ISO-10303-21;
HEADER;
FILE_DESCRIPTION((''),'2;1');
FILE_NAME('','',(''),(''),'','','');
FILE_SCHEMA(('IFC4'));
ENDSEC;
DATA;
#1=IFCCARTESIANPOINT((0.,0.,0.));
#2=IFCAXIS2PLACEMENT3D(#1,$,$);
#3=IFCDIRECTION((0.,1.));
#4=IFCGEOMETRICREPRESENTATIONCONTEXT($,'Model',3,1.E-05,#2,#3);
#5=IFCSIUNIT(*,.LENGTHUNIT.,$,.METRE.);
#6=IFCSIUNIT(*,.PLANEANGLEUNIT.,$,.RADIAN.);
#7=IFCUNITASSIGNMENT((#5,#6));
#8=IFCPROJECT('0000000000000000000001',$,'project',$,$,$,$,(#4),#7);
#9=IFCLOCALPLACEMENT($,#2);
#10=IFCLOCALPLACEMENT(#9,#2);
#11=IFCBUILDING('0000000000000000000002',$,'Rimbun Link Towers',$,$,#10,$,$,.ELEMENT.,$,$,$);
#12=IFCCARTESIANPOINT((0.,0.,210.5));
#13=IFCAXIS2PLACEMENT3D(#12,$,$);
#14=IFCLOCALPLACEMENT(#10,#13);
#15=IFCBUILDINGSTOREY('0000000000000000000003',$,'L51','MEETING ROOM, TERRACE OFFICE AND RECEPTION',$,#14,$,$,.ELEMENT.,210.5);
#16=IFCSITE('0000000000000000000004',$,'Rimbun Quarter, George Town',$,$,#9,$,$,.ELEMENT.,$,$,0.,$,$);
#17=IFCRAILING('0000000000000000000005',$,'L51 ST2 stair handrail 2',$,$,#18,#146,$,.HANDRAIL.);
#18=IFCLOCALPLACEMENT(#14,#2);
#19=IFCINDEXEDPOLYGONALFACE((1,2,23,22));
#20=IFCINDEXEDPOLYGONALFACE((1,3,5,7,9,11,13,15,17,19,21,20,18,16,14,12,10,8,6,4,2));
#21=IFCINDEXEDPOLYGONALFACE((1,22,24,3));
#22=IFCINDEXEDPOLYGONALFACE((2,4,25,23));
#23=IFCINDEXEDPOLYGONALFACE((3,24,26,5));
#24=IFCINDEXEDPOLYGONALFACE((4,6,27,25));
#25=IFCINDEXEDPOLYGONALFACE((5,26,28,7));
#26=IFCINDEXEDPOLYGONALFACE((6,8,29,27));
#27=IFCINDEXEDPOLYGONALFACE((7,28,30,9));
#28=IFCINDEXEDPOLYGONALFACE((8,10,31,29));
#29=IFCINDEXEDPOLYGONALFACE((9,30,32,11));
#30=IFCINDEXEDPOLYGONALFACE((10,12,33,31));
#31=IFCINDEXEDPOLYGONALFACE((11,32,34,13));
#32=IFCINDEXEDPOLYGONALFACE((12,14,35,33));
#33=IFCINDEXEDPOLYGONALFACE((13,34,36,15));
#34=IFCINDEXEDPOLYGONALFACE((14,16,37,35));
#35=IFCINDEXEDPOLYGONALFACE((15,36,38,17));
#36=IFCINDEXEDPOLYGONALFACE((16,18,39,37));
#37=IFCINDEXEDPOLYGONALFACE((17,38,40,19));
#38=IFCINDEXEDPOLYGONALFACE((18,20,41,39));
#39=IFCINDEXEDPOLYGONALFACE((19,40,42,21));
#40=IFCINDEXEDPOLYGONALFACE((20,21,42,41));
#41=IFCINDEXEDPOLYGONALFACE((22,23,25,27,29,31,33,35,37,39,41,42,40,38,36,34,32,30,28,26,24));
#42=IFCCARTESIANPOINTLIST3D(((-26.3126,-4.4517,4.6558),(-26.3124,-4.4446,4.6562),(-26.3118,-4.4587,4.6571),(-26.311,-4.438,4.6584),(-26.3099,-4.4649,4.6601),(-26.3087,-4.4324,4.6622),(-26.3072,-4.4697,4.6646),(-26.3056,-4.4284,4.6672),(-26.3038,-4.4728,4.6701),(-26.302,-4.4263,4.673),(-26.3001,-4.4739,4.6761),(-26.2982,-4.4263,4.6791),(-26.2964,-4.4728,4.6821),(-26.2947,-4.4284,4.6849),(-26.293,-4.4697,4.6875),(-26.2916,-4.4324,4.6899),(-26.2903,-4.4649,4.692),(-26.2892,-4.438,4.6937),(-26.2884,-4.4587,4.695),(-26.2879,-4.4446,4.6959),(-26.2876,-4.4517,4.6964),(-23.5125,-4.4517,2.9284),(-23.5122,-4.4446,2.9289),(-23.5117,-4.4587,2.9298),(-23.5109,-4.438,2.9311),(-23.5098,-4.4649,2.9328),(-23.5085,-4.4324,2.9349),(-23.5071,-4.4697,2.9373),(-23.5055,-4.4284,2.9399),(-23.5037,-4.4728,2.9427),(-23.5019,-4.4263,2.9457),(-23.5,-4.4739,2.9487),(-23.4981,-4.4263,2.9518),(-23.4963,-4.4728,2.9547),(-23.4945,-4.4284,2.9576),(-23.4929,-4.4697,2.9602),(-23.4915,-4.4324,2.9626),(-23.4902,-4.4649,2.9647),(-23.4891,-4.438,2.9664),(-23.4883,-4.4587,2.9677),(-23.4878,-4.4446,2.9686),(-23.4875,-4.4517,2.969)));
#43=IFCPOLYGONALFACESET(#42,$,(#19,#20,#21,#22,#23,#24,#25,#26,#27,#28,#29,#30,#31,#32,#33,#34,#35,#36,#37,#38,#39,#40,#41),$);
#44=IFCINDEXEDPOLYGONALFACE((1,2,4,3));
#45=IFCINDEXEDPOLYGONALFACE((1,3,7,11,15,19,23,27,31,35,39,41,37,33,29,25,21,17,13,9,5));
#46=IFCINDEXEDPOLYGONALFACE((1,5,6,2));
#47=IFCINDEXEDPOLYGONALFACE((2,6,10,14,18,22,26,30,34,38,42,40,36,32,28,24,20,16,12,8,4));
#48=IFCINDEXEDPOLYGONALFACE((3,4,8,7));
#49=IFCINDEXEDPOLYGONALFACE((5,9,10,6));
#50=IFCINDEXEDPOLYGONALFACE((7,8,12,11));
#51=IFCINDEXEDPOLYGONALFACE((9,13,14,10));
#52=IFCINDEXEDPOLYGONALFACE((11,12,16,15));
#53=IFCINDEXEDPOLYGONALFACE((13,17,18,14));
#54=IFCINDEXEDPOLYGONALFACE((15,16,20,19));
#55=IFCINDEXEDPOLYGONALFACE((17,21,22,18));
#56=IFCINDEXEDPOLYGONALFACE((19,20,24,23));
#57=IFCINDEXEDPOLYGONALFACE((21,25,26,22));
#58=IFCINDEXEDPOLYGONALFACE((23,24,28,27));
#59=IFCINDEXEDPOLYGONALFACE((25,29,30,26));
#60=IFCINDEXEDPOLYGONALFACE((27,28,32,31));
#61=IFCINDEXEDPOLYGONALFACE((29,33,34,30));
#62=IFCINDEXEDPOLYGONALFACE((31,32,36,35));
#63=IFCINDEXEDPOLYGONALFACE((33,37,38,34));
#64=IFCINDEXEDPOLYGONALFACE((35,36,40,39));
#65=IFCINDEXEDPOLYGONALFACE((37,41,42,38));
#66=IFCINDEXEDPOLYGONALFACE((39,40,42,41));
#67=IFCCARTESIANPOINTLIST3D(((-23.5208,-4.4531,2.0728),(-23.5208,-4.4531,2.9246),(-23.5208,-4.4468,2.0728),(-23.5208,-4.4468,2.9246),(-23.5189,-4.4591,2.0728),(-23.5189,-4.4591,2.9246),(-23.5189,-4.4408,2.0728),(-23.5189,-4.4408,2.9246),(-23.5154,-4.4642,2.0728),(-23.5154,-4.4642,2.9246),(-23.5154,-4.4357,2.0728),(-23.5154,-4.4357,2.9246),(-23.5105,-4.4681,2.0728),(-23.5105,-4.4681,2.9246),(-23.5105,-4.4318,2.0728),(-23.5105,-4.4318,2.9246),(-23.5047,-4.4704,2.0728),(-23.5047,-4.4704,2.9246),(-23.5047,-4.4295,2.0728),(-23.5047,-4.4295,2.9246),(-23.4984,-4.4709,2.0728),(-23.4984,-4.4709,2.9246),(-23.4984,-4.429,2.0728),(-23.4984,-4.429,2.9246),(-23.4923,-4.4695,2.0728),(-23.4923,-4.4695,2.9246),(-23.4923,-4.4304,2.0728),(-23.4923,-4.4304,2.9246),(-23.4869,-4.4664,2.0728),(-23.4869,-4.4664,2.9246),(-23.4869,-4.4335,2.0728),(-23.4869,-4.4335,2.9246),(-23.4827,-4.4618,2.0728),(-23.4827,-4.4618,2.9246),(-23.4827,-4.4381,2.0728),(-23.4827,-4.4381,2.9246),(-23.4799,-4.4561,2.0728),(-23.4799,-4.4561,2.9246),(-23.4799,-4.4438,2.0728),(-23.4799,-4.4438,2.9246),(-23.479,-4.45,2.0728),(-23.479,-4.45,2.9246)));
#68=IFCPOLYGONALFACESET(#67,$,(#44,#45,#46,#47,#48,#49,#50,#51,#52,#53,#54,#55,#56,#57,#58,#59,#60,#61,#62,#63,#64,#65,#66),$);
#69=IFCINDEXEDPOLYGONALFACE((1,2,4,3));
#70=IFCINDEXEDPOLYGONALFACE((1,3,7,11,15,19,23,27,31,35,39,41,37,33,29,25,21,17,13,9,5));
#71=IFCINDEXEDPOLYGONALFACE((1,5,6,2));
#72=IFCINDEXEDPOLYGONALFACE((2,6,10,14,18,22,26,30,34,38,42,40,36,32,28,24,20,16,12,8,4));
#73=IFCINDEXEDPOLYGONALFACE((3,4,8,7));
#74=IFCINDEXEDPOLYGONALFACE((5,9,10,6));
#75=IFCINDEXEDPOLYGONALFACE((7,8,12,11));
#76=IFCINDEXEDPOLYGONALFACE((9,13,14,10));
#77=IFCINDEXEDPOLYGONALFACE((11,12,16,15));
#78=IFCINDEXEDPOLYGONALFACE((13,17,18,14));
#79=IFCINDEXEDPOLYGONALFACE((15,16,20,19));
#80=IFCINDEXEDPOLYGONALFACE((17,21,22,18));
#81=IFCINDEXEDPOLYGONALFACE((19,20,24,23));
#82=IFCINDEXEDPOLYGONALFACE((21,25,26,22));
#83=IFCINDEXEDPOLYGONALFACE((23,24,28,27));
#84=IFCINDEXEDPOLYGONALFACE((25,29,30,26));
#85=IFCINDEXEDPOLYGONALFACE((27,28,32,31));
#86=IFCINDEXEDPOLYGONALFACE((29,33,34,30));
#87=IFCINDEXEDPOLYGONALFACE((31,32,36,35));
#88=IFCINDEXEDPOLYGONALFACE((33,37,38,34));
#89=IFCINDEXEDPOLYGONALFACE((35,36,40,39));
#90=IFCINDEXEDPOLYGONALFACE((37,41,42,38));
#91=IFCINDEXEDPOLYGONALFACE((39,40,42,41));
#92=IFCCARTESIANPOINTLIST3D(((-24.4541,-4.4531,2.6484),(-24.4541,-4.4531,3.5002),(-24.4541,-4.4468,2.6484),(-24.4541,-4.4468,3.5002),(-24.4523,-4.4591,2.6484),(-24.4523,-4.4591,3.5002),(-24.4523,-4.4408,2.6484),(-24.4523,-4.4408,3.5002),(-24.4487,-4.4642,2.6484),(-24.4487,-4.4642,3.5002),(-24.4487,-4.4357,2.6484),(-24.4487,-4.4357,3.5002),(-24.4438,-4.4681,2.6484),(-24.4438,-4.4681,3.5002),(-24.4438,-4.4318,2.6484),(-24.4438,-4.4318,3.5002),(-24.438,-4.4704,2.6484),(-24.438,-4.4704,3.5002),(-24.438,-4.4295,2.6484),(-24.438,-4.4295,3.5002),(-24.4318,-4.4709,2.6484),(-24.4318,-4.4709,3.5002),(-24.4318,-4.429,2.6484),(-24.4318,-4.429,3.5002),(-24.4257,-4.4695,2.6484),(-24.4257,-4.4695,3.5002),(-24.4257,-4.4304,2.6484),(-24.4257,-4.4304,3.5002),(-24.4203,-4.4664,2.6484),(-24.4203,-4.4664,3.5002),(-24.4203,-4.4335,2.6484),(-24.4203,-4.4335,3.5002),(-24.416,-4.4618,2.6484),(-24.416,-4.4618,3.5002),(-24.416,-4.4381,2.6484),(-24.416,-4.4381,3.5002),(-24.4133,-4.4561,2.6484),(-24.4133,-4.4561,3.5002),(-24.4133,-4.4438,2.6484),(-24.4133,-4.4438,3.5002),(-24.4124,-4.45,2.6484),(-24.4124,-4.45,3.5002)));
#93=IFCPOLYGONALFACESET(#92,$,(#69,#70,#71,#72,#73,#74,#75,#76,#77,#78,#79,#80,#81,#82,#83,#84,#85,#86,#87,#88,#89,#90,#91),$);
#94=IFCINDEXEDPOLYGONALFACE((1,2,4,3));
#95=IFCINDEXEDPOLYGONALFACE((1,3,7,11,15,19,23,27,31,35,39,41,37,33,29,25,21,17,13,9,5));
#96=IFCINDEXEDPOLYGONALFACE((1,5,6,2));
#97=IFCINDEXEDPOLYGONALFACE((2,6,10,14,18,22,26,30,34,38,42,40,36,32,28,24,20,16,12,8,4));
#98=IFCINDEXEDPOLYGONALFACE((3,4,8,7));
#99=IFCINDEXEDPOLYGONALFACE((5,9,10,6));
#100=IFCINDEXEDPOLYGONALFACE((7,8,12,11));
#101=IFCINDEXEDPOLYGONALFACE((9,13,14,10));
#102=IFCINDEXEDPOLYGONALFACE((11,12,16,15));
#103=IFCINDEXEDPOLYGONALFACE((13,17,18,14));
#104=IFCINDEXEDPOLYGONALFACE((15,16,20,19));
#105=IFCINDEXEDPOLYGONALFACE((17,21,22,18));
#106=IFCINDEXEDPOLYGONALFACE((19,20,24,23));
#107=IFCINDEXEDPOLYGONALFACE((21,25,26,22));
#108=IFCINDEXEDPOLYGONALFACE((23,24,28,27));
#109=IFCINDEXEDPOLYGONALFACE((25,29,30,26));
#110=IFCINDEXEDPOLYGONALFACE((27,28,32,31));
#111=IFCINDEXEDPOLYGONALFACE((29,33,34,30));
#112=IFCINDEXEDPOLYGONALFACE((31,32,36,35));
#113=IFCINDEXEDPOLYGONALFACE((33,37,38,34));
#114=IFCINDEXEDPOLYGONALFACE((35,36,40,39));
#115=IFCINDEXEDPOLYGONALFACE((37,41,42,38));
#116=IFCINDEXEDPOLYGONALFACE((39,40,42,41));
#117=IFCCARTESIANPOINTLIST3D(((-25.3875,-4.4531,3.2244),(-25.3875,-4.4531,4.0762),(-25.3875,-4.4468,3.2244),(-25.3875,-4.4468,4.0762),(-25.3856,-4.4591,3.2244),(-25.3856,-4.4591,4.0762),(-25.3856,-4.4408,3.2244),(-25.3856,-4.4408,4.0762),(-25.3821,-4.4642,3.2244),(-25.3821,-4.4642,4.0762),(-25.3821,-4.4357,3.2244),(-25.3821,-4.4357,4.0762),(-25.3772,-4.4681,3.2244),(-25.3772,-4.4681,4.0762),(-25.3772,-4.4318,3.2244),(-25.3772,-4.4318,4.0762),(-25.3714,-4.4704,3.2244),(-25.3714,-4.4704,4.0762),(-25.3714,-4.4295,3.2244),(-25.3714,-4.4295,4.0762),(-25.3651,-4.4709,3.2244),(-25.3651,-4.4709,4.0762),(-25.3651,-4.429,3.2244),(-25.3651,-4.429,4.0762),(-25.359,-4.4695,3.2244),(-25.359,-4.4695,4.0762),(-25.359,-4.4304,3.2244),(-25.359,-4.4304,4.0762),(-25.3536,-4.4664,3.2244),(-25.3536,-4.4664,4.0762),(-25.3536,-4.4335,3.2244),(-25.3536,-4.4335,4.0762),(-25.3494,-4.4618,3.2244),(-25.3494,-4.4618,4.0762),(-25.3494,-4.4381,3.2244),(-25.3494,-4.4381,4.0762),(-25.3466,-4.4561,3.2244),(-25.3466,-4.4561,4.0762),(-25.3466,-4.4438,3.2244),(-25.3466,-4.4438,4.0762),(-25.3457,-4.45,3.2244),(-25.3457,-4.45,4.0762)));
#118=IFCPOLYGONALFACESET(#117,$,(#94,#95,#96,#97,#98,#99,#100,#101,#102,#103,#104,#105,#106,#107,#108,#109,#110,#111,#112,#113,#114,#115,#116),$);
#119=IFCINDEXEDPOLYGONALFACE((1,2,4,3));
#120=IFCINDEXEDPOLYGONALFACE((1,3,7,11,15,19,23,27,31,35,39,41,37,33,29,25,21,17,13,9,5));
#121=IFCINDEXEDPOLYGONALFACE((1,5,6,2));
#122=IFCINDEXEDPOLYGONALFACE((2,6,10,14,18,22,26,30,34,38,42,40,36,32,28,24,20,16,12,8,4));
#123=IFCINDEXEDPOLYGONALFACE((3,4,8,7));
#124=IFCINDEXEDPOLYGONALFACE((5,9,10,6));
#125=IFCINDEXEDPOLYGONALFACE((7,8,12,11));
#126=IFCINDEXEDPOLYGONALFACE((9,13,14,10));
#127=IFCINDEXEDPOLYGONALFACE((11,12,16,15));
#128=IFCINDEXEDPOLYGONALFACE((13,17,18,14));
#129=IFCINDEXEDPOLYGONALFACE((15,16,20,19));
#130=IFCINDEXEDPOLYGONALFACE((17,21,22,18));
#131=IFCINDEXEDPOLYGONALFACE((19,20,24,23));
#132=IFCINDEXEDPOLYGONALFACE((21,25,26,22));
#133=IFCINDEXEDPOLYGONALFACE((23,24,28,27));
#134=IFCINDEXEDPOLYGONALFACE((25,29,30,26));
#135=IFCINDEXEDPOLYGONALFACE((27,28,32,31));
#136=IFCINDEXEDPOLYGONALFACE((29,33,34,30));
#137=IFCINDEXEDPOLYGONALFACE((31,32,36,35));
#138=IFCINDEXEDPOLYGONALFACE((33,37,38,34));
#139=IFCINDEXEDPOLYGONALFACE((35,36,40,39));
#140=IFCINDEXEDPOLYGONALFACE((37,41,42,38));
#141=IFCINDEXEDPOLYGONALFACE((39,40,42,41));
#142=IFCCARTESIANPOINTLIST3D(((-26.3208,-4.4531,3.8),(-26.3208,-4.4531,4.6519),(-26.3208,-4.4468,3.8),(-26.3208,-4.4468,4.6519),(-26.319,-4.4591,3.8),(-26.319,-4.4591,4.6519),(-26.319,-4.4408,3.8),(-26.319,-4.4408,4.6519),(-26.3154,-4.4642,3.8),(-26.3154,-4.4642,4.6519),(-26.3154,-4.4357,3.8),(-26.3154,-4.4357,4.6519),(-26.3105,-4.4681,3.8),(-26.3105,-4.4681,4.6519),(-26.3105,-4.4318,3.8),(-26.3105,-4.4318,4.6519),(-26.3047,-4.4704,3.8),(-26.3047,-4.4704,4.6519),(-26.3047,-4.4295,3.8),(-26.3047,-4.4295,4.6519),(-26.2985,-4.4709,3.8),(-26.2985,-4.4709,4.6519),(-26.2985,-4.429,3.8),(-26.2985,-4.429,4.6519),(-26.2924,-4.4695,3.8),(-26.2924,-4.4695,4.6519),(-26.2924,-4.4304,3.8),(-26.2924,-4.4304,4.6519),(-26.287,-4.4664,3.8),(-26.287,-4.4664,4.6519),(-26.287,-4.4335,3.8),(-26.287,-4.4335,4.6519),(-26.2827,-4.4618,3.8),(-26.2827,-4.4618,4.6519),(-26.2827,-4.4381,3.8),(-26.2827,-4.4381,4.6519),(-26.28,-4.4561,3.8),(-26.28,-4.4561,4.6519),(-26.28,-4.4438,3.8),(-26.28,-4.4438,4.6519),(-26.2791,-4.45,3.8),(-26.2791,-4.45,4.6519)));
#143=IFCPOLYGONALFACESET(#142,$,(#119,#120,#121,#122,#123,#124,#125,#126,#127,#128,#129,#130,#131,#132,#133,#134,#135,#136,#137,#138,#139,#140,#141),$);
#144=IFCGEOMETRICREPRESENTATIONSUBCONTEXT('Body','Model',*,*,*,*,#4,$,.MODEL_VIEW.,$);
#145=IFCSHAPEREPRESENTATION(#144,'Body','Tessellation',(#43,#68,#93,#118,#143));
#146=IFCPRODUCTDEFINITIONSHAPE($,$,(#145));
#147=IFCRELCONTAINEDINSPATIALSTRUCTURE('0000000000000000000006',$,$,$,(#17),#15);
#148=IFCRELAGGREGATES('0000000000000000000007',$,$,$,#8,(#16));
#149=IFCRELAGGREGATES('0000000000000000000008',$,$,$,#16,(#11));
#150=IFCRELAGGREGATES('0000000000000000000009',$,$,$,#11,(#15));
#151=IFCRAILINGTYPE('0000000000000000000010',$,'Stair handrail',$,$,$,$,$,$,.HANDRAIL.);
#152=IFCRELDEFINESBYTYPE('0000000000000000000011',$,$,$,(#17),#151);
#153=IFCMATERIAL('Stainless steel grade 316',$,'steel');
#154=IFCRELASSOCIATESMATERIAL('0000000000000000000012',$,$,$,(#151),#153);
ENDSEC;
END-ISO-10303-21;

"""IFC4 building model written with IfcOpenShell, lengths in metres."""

from ifc_helpers import new_model, si_unit, direction, frame, origin, origin_2d, place, context, subcontext, project, spatial, circle, extrude, material, type_object, element, save


model = new_model("IFC4")

# Units and contexts
model_context = context("Model", 3, precision=1e-05, world=origin(), true_north=direction((0.0, 1.0)))
body_context = subcontext(model_context, "Body", "Model", "MODEL_VIEW")
ifc_project = project(units=[si_unit("LENGTHUNIT", "METRE"), si_unit("PLANEANGLEUNIT", "RADIAN")], contexts=[model_context])

# Site, building, storey
site_placement = place(None, origin())
site = spatial("IfcSite", under=ifc_project, at=site_placement, Name="Rimbun Quarter, George Town", CompositionType="ELEMENT", RefElevation=0.0)
building_placement = place(site_placement, origin())
building = spatial("IfcBuilding", under=site, at=building_placement, Name="Rimbun Link Towers", CompositionType="ELEMENT")
storey_placement = place(building_placement, frame((0.0, 0.0, 210.5)))
storey = spatial("IfcBuildingStorey", under=building, at=storey_placement, Name="L51", Description="MEETING ROOM, TERRACE OFFICE AND RECEPTION", CompositionType="ELEMENT", Elevation=210.5)

# Railing
ifc_material_1 = material(Name="Stainless steel grade 316", Category="steel")
railing_type_1 = type_object("IfcRailingType", Name="Stair handrail", PredefinedType="HANDRAIL", material=ifc_material_1)
railing_1_placement = place(storey_placement, frame((-23.5, -4.45, 2.0728)))
element("IfcRailing", 1, at=railing_1_placement, inside=storey, type_object=railing_type_1, Name="L51 ST2 stair handrail 2", PredefinedType="HANDRAIL", context=body_context, shape_type="SweptSolid", body=[
    extrude(circle(Radius=0.0239, at=origin_2d()), frame((0.0, 0.0, 0.876), z_axis=(-0.85109, 0.0, 0.52502), x_axis=(0.0, -1.0, 0.0)), (0.0, 0.0, 1.0), 3.29),
    extrude(circle(Radius=0.021, at=origin_2d()), origin(), (0.0, 0.0, 1.0), 0.8518),
    extrude(circle(Radius=0.021, at=origin_2d()), frame((-0.9333, 0.0, 0.5757)), (0.0, 0.0, 1.0), 0.8518),
    extrude(circle(Radius=0.021, at=origin_2d()), frame((-1.8667, 0.0, 1.1516)), (0.0, 0.0, 1.0), 0.8518),
    extrude(circle(Radius=0.021, at=origin_2d()), frame((-2.8, 0.0, 1.7273)), (0.0, 0.0, 1.0), 0.8518),
])

save(model, "model.ifc")
